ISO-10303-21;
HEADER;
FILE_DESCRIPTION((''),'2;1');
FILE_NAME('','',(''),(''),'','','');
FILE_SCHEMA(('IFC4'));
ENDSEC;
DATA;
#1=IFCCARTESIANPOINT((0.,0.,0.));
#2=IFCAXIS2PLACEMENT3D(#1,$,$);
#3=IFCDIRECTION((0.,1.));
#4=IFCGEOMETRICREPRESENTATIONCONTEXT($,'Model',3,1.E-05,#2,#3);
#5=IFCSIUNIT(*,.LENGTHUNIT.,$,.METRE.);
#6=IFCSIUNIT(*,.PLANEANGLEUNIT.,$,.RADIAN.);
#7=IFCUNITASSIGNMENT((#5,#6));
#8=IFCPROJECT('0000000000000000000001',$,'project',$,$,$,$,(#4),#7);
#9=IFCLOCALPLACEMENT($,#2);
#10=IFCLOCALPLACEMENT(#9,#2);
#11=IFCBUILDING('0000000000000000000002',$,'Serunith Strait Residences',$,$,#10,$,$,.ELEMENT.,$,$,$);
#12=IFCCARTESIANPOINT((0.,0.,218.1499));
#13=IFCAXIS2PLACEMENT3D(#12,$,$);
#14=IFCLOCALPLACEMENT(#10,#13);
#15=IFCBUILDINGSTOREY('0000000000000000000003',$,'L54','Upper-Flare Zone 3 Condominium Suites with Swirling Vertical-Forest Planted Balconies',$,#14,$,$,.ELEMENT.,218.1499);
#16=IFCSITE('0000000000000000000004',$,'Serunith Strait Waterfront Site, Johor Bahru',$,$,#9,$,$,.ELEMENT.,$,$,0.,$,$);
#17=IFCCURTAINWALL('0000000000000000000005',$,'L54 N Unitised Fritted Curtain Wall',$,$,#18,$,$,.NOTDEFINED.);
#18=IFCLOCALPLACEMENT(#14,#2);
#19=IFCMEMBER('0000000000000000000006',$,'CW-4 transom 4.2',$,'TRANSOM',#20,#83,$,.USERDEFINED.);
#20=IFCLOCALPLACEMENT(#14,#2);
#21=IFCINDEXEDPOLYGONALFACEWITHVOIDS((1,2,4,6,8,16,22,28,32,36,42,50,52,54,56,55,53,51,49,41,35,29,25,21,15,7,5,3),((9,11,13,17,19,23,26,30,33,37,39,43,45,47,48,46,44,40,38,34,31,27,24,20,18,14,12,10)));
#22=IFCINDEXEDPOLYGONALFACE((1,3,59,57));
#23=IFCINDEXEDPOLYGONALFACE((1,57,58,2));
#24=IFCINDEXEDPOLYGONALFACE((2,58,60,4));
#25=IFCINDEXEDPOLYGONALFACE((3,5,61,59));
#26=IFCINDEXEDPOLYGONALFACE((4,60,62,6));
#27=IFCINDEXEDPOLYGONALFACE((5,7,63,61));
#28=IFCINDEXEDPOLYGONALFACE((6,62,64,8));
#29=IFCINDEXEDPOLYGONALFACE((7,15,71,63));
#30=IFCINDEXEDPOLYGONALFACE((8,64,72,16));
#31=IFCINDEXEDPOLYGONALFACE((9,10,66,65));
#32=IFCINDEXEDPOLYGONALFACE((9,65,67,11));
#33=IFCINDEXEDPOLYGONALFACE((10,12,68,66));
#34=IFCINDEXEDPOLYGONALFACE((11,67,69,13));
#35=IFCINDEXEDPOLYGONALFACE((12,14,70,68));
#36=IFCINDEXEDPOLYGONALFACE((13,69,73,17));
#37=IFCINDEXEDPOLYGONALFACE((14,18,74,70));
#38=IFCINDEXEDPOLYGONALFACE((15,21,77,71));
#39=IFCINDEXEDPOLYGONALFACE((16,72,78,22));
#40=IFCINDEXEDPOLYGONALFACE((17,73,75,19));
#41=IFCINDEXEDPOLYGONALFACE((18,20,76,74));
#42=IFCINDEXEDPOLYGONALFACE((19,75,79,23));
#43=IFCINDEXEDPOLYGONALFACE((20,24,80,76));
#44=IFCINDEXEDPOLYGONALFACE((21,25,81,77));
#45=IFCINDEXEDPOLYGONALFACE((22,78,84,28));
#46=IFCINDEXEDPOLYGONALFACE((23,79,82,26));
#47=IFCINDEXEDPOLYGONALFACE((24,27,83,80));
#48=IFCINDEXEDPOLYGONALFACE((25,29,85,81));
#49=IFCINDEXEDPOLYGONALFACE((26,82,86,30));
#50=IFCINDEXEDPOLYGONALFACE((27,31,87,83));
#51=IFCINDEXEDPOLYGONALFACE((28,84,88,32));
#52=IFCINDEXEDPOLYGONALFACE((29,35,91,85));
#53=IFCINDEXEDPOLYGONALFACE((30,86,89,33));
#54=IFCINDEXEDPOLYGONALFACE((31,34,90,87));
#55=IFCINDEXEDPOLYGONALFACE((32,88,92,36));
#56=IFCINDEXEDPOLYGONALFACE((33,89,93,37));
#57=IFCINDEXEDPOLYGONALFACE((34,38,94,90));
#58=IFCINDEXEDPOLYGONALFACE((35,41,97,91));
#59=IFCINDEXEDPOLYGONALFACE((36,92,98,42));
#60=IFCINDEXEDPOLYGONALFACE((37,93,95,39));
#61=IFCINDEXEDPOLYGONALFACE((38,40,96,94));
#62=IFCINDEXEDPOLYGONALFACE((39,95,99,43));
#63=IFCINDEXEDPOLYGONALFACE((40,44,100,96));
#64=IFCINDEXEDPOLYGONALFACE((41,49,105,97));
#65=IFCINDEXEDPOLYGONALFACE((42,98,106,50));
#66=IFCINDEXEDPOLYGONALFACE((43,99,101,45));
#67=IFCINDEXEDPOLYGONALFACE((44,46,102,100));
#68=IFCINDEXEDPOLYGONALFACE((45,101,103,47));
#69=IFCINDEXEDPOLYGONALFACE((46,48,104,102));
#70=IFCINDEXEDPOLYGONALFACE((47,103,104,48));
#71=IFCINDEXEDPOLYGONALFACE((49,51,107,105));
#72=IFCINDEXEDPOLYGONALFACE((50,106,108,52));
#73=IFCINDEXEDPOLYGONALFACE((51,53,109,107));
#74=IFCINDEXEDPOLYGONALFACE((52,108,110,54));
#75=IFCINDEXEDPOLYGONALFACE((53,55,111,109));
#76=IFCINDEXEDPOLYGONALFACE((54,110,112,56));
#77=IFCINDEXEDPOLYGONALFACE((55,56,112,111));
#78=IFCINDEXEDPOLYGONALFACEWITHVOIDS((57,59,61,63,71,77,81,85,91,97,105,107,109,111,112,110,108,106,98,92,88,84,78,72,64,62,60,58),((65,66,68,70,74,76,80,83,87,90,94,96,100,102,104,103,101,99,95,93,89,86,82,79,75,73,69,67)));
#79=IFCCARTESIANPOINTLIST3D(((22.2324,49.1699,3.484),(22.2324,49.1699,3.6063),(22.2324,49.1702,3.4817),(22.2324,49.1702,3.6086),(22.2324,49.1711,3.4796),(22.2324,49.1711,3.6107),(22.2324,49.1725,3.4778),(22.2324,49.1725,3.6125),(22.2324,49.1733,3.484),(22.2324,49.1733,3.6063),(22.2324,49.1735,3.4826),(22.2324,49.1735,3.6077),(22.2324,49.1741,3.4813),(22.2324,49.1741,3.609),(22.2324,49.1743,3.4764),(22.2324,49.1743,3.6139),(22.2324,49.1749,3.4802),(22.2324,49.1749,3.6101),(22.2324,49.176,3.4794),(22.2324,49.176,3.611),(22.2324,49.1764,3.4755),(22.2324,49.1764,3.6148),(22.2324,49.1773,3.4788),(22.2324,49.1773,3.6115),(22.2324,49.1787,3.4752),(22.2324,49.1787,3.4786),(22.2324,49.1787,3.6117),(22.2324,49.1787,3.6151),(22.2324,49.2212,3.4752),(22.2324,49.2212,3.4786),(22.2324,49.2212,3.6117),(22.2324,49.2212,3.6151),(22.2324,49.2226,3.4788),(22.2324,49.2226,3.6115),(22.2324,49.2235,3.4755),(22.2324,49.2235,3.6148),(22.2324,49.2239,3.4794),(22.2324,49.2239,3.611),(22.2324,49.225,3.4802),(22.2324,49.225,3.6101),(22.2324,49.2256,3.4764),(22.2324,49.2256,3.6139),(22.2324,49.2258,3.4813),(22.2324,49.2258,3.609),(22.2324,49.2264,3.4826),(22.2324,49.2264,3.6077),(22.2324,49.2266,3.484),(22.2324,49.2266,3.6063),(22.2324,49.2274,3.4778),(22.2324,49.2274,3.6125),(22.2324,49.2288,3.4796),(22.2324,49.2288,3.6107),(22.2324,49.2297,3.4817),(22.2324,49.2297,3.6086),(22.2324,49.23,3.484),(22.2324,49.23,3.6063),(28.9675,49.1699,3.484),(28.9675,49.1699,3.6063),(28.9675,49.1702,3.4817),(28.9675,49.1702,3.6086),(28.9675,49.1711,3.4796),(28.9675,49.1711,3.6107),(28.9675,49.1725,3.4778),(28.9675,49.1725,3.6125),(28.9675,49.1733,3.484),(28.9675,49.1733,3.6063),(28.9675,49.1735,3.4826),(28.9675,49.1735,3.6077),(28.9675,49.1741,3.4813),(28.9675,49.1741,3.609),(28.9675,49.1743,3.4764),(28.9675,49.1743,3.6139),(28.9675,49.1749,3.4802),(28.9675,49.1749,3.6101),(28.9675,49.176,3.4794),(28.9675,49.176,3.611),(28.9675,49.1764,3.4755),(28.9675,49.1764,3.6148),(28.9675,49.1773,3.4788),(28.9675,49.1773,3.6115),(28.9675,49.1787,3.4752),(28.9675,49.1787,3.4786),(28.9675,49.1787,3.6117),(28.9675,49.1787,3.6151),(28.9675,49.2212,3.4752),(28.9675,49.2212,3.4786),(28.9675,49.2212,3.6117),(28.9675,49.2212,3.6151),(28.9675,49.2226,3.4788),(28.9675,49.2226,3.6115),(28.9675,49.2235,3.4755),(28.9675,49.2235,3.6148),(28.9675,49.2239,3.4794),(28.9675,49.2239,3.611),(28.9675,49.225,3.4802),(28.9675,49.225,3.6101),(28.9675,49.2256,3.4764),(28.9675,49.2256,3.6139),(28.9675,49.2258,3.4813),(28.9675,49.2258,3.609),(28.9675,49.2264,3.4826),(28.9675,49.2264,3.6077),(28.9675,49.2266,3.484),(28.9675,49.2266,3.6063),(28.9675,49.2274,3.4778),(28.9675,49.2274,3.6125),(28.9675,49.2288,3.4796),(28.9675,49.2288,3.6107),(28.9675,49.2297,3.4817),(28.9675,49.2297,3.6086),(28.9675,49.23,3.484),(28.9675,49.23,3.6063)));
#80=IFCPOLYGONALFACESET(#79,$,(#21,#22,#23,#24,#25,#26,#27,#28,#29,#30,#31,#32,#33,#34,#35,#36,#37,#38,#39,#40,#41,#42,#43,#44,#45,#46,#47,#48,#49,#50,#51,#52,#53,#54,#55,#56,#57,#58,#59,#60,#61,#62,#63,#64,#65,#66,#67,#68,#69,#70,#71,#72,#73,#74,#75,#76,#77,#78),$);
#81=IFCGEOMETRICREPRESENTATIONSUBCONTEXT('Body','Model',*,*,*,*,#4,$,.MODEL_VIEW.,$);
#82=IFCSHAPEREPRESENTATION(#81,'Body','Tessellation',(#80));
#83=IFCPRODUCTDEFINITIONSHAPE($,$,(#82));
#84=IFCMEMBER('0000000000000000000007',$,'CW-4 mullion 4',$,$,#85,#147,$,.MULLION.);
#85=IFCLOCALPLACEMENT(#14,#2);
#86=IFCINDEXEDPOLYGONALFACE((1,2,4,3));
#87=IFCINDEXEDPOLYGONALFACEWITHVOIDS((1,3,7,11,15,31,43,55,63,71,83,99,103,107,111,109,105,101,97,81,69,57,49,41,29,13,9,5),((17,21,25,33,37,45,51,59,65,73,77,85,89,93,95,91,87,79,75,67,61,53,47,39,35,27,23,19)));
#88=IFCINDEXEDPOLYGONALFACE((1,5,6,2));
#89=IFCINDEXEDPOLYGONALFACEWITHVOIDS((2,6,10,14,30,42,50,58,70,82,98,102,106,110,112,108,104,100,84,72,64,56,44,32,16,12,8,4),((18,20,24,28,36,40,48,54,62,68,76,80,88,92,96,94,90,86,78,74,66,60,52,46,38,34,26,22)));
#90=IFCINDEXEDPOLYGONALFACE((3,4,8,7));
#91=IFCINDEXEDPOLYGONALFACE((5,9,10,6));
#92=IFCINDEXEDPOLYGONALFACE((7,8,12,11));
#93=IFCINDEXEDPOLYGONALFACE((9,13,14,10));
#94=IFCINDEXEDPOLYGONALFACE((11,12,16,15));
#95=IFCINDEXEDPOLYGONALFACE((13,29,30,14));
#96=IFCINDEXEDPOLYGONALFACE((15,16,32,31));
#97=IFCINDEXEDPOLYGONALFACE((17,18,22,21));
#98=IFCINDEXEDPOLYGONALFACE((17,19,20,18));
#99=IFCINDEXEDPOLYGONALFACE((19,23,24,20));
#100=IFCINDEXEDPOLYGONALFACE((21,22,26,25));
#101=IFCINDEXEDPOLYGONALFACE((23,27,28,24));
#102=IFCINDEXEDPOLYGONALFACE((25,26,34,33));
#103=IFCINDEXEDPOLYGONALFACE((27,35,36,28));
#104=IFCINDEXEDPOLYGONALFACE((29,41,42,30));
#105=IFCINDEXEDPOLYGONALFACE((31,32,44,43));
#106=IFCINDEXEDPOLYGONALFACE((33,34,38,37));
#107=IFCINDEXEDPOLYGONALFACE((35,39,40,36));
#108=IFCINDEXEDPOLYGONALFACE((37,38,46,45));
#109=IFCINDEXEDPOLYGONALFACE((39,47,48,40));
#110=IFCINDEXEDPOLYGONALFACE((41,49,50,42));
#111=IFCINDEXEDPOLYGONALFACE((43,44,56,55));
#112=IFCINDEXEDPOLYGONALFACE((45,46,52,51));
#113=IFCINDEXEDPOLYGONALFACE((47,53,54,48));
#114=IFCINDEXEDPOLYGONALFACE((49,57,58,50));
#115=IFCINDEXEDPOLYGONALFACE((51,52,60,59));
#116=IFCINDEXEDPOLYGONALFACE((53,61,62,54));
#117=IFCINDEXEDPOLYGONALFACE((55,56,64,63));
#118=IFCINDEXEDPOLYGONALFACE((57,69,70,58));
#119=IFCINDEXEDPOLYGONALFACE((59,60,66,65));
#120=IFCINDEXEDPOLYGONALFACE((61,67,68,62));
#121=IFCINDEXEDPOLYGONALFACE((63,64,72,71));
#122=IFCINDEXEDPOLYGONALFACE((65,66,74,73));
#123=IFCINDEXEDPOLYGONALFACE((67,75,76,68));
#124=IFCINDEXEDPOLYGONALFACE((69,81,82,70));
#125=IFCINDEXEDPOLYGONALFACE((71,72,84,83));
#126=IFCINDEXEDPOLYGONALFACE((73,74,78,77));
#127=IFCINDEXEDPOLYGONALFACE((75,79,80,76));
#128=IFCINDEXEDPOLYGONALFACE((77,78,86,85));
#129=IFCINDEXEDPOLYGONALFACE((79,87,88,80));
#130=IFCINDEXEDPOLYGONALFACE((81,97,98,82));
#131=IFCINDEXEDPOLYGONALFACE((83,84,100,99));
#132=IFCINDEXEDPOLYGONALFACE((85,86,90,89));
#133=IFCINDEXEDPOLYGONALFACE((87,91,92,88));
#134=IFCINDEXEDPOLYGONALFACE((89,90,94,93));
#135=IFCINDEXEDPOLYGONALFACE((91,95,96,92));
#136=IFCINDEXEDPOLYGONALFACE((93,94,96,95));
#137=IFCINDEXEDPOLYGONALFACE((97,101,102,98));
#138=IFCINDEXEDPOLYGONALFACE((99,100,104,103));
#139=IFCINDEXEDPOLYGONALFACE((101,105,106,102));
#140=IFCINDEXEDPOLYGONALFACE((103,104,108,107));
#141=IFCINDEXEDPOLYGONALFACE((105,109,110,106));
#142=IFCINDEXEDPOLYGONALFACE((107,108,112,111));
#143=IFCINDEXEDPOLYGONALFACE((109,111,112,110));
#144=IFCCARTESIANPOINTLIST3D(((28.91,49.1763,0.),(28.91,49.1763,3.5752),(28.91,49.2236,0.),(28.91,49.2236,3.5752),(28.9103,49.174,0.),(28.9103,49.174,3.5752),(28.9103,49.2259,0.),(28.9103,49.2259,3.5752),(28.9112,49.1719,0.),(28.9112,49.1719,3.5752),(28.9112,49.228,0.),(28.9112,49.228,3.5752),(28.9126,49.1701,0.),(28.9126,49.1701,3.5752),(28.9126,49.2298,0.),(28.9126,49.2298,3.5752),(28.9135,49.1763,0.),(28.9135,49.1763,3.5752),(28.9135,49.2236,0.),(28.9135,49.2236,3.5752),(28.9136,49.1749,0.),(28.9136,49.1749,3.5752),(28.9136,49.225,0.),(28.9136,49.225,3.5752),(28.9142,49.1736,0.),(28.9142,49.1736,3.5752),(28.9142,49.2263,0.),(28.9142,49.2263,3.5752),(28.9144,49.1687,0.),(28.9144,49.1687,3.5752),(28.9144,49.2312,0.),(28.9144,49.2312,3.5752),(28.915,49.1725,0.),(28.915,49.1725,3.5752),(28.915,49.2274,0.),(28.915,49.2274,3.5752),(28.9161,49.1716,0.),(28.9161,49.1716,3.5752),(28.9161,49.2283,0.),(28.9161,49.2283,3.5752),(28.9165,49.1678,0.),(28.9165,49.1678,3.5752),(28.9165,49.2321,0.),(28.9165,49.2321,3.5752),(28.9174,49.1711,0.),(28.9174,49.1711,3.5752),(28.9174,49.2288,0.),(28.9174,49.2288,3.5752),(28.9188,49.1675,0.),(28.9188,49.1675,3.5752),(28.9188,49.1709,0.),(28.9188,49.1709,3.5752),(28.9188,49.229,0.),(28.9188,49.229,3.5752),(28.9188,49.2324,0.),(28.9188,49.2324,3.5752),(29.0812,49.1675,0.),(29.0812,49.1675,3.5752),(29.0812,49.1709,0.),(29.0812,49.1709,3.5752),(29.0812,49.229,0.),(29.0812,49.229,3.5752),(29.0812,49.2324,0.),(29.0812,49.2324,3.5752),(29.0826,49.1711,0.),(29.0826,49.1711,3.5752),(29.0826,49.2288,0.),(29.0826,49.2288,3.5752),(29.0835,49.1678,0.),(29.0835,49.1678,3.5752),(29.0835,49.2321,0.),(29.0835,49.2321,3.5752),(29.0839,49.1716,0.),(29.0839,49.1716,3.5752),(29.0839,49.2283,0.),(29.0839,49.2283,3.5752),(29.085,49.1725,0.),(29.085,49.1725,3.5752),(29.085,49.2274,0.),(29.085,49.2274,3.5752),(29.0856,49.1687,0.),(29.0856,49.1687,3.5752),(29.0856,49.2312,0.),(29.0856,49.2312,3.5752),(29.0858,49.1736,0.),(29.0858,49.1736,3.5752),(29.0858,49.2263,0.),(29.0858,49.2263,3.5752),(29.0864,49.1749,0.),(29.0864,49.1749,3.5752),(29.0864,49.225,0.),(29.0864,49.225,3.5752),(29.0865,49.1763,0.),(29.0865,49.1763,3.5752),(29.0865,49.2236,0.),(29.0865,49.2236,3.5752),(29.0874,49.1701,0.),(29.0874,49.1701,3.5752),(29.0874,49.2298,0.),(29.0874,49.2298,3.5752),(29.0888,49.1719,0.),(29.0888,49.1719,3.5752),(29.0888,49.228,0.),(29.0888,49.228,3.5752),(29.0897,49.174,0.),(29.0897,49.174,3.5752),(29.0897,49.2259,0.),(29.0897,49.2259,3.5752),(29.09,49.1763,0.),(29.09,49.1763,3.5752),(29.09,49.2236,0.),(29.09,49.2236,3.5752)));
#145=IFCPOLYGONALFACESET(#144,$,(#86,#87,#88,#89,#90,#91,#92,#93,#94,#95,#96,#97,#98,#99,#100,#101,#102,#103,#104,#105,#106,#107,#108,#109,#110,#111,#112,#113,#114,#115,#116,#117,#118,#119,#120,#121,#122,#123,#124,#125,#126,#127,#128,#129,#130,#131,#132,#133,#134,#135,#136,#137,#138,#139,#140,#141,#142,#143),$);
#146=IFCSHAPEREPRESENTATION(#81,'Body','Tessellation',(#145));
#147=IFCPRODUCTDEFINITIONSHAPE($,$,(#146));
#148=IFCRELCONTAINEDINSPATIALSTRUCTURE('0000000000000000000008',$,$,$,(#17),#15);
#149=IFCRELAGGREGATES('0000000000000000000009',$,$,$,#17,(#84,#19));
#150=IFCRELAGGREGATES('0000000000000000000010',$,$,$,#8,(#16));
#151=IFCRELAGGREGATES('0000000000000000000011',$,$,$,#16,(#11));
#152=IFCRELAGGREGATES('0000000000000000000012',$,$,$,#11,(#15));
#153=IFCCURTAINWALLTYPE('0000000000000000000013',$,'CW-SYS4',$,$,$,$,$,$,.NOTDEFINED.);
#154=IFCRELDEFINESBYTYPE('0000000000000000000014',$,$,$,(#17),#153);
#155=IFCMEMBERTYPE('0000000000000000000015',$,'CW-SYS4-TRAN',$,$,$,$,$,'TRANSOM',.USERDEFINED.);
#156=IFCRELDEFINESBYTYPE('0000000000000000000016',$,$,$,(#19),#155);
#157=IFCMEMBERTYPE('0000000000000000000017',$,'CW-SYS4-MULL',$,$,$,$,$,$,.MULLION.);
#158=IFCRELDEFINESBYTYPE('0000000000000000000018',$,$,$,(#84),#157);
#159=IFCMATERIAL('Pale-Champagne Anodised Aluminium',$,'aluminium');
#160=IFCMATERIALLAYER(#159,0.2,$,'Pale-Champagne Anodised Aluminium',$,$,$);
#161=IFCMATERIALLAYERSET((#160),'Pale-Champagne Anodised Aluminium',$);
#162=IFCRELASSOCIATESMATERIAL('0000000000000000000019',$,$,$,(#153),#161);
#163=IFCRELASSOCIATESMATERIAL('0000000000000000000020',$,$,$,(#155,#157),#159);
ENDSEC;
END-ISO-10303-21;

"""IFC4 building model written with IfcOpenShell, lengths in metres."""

from ifc_helpers import new_model, si_unit, direction, frame, origin, origin_2d, place, context, subcontext, project, spatial, hollow_rectangle, extrude, source, transform, mapped, material, layer, layer_set, material_profile, profile_set, type_object, element, aggregate, save


model = new_model("IFC4")

# Units and contexts
model_context = context("Model", 3, precision=1e-05, world=origin(), true_north=direction((0.0, 1.0)))
body_context = subcontext(model_context, "Body", "Model", "MODEL_VIEW")
ifc_project = project(units=[si_unit("LENGTHUNIT", "METRE"), si_unit("PLANEANGLEUNIT", "RADIAN")], contexts=[model_context])

# Site, building, storey
site_placement = place(None, origin())
site = spatial("IfcSite", under=ifc_project, at=site_placement, Name="Serunith Strait Waterfront Site, Johor Bahru", CompositionType="ELEMENT", RefElevation=0.0)
building_placement = place(site_placement, origin())
building = spatial("IfcBuilding", under=site, at=building_placement, Name="Serunith Strait Residences", CompositionType="ELEMENT")
storey_placement = place(building_placement, frame((0.0, 0.0, 218.1499)))
storey = spatial("IfcBuildingStorey", under=building, at=storey_placement, Name="L54", Description="Upper-Flare Zone 3 Condominium Suites with Swirling Vertical-Forest Planted Balconies", CompositionType="ELEMENT", Elevation=218.1499)

# Curtain wall, members
ifc_material_1 = material(Name="Pale-Champagne Anodised Aluminium", Category="aluminium")
ifc_layer_1 = layer(ifc_material_1, 0.2, Name="Pale-Champagne Anodised Aluminium")
ifc_layer_set_1 = layer_set([ifc_layer_1], Name="Pale-Champagne Anodised Aluminium")
curtain_wall_type = type_object("IfcCurtainWallType", Name="CW-SYS4", PredefinedType="NOTDEFINED", material=ifc_layer_set_1)
curtain_wall_placement = place(storey_placement, origin())
curtain_wall = element("IfcCurtainWall", 1, at=curtain_wall_placement, inside=storey, type_object=curtain_wall_type, Name="L54 N Unitised Fritted Curtain Wall", PredefinedType="NOTDEFINED")
ifc_material_profile_1 = material_profile(ifc_material_1, hollow_rectangle(XDim=0.0601, YDim=0.1399, WallThickness=0.0034, InnerFilletRadius=0.0054, OuterFilletRadius=0.0088, at=origin_2d()), Name="ALU 140x60x3.5")
ifc_profile_set_1 = profile_set([ifc_material_profile_1], Name="Pale-Champagne Anodised Aluminium")
member_type_1 = type_object("IfcMemberType", Name="CW-SYS4-TRAN", ElementType="TRANSOM", PredefinedType="USERDEFINED", material=ifc_profile_set_1)
shared_shape_1 = source(origin(), body_context, "Body", "SweptSolid", [
    extrude(hollow_rectangle(XDim=0.0601, YDim=0.1399, WallThickness=0.0034, InnerFilletRadius=0.0054, OuterFilletRadius=0.0088, at=origin_2d()), origin(), (0.0, 0.0, 1.0), 6.7351),
])
member_1_placement = place(storey_placement, frame((28.9675, 49.2, 3.5452), z_axis=(-1.0, 0.0, 0.0), x_axis=(0.0, -1.0, 0.0)))
member_1 = element("IfcMember", 2, at=member_1_placement, type_object=member_type_1, Name="CW-4 transom 4.2", ObjectType="TRANSOM", PredefinedType="USERDEFINED", context=body_context, shape_type="MappedRepresentation", body=[
    mapped(shared_shape_1, transform((0.0, 0.0, 0.0), scale=1.0)),
])
ifc_material_profile_2 = material_profile(ifc_material_1, hollow_rectangle(XDim=0.0649, YDim=0.1799, WallThickness=0.0034, InnerFilletRadius=0.0054, OuterFilletRadius=0.0088, at=origin_2d()), Name="ALU 180x65x3.5")
ifc_profile_set_2 = profile_set([ifc_material_profile_2], Name="Pale-Champagne Anodised Aluminium")
member_type_2 = type_object("IfcMemberType", Name="CW-SYS4-MULL", PredefinedType="MULLION", material=ifc_profile_set_2)
shared_shape_2 = source(origin(), body_context, "Body", "SweptSolid", [
    extrude(hollow_rectangle(XDim=0.0649, YDim=0.1799, WallThickness=0.0034, InnerFilletRadius=0.0054, OuterFilletRadius=0.0088, at=origin_2d()), origin(), (0.0, 0.0, 1.0), 3.5752),
])
member_2_placement = place(storey_placement, frame((29.0, 49.2, 0.0), z_axis=(0.0, 0.0, 1.0), x_axis=(0.0, -1.0, 0.0)))
member_2 = element("IfcMember", 3, at=member_2_placement, type_object=member_type_2, Name="CW-4 mullion 4", PredefinedType="MULLION", context=body_context, shape_type="MappedRepresentation", body=[
    mapped(shared_shape_2, transform((0.0, 0.0, 0.0), scale=1.0)),
])
aggregate(curtain_wall, [member_2, member_1])

save(model, "model.ifc")
